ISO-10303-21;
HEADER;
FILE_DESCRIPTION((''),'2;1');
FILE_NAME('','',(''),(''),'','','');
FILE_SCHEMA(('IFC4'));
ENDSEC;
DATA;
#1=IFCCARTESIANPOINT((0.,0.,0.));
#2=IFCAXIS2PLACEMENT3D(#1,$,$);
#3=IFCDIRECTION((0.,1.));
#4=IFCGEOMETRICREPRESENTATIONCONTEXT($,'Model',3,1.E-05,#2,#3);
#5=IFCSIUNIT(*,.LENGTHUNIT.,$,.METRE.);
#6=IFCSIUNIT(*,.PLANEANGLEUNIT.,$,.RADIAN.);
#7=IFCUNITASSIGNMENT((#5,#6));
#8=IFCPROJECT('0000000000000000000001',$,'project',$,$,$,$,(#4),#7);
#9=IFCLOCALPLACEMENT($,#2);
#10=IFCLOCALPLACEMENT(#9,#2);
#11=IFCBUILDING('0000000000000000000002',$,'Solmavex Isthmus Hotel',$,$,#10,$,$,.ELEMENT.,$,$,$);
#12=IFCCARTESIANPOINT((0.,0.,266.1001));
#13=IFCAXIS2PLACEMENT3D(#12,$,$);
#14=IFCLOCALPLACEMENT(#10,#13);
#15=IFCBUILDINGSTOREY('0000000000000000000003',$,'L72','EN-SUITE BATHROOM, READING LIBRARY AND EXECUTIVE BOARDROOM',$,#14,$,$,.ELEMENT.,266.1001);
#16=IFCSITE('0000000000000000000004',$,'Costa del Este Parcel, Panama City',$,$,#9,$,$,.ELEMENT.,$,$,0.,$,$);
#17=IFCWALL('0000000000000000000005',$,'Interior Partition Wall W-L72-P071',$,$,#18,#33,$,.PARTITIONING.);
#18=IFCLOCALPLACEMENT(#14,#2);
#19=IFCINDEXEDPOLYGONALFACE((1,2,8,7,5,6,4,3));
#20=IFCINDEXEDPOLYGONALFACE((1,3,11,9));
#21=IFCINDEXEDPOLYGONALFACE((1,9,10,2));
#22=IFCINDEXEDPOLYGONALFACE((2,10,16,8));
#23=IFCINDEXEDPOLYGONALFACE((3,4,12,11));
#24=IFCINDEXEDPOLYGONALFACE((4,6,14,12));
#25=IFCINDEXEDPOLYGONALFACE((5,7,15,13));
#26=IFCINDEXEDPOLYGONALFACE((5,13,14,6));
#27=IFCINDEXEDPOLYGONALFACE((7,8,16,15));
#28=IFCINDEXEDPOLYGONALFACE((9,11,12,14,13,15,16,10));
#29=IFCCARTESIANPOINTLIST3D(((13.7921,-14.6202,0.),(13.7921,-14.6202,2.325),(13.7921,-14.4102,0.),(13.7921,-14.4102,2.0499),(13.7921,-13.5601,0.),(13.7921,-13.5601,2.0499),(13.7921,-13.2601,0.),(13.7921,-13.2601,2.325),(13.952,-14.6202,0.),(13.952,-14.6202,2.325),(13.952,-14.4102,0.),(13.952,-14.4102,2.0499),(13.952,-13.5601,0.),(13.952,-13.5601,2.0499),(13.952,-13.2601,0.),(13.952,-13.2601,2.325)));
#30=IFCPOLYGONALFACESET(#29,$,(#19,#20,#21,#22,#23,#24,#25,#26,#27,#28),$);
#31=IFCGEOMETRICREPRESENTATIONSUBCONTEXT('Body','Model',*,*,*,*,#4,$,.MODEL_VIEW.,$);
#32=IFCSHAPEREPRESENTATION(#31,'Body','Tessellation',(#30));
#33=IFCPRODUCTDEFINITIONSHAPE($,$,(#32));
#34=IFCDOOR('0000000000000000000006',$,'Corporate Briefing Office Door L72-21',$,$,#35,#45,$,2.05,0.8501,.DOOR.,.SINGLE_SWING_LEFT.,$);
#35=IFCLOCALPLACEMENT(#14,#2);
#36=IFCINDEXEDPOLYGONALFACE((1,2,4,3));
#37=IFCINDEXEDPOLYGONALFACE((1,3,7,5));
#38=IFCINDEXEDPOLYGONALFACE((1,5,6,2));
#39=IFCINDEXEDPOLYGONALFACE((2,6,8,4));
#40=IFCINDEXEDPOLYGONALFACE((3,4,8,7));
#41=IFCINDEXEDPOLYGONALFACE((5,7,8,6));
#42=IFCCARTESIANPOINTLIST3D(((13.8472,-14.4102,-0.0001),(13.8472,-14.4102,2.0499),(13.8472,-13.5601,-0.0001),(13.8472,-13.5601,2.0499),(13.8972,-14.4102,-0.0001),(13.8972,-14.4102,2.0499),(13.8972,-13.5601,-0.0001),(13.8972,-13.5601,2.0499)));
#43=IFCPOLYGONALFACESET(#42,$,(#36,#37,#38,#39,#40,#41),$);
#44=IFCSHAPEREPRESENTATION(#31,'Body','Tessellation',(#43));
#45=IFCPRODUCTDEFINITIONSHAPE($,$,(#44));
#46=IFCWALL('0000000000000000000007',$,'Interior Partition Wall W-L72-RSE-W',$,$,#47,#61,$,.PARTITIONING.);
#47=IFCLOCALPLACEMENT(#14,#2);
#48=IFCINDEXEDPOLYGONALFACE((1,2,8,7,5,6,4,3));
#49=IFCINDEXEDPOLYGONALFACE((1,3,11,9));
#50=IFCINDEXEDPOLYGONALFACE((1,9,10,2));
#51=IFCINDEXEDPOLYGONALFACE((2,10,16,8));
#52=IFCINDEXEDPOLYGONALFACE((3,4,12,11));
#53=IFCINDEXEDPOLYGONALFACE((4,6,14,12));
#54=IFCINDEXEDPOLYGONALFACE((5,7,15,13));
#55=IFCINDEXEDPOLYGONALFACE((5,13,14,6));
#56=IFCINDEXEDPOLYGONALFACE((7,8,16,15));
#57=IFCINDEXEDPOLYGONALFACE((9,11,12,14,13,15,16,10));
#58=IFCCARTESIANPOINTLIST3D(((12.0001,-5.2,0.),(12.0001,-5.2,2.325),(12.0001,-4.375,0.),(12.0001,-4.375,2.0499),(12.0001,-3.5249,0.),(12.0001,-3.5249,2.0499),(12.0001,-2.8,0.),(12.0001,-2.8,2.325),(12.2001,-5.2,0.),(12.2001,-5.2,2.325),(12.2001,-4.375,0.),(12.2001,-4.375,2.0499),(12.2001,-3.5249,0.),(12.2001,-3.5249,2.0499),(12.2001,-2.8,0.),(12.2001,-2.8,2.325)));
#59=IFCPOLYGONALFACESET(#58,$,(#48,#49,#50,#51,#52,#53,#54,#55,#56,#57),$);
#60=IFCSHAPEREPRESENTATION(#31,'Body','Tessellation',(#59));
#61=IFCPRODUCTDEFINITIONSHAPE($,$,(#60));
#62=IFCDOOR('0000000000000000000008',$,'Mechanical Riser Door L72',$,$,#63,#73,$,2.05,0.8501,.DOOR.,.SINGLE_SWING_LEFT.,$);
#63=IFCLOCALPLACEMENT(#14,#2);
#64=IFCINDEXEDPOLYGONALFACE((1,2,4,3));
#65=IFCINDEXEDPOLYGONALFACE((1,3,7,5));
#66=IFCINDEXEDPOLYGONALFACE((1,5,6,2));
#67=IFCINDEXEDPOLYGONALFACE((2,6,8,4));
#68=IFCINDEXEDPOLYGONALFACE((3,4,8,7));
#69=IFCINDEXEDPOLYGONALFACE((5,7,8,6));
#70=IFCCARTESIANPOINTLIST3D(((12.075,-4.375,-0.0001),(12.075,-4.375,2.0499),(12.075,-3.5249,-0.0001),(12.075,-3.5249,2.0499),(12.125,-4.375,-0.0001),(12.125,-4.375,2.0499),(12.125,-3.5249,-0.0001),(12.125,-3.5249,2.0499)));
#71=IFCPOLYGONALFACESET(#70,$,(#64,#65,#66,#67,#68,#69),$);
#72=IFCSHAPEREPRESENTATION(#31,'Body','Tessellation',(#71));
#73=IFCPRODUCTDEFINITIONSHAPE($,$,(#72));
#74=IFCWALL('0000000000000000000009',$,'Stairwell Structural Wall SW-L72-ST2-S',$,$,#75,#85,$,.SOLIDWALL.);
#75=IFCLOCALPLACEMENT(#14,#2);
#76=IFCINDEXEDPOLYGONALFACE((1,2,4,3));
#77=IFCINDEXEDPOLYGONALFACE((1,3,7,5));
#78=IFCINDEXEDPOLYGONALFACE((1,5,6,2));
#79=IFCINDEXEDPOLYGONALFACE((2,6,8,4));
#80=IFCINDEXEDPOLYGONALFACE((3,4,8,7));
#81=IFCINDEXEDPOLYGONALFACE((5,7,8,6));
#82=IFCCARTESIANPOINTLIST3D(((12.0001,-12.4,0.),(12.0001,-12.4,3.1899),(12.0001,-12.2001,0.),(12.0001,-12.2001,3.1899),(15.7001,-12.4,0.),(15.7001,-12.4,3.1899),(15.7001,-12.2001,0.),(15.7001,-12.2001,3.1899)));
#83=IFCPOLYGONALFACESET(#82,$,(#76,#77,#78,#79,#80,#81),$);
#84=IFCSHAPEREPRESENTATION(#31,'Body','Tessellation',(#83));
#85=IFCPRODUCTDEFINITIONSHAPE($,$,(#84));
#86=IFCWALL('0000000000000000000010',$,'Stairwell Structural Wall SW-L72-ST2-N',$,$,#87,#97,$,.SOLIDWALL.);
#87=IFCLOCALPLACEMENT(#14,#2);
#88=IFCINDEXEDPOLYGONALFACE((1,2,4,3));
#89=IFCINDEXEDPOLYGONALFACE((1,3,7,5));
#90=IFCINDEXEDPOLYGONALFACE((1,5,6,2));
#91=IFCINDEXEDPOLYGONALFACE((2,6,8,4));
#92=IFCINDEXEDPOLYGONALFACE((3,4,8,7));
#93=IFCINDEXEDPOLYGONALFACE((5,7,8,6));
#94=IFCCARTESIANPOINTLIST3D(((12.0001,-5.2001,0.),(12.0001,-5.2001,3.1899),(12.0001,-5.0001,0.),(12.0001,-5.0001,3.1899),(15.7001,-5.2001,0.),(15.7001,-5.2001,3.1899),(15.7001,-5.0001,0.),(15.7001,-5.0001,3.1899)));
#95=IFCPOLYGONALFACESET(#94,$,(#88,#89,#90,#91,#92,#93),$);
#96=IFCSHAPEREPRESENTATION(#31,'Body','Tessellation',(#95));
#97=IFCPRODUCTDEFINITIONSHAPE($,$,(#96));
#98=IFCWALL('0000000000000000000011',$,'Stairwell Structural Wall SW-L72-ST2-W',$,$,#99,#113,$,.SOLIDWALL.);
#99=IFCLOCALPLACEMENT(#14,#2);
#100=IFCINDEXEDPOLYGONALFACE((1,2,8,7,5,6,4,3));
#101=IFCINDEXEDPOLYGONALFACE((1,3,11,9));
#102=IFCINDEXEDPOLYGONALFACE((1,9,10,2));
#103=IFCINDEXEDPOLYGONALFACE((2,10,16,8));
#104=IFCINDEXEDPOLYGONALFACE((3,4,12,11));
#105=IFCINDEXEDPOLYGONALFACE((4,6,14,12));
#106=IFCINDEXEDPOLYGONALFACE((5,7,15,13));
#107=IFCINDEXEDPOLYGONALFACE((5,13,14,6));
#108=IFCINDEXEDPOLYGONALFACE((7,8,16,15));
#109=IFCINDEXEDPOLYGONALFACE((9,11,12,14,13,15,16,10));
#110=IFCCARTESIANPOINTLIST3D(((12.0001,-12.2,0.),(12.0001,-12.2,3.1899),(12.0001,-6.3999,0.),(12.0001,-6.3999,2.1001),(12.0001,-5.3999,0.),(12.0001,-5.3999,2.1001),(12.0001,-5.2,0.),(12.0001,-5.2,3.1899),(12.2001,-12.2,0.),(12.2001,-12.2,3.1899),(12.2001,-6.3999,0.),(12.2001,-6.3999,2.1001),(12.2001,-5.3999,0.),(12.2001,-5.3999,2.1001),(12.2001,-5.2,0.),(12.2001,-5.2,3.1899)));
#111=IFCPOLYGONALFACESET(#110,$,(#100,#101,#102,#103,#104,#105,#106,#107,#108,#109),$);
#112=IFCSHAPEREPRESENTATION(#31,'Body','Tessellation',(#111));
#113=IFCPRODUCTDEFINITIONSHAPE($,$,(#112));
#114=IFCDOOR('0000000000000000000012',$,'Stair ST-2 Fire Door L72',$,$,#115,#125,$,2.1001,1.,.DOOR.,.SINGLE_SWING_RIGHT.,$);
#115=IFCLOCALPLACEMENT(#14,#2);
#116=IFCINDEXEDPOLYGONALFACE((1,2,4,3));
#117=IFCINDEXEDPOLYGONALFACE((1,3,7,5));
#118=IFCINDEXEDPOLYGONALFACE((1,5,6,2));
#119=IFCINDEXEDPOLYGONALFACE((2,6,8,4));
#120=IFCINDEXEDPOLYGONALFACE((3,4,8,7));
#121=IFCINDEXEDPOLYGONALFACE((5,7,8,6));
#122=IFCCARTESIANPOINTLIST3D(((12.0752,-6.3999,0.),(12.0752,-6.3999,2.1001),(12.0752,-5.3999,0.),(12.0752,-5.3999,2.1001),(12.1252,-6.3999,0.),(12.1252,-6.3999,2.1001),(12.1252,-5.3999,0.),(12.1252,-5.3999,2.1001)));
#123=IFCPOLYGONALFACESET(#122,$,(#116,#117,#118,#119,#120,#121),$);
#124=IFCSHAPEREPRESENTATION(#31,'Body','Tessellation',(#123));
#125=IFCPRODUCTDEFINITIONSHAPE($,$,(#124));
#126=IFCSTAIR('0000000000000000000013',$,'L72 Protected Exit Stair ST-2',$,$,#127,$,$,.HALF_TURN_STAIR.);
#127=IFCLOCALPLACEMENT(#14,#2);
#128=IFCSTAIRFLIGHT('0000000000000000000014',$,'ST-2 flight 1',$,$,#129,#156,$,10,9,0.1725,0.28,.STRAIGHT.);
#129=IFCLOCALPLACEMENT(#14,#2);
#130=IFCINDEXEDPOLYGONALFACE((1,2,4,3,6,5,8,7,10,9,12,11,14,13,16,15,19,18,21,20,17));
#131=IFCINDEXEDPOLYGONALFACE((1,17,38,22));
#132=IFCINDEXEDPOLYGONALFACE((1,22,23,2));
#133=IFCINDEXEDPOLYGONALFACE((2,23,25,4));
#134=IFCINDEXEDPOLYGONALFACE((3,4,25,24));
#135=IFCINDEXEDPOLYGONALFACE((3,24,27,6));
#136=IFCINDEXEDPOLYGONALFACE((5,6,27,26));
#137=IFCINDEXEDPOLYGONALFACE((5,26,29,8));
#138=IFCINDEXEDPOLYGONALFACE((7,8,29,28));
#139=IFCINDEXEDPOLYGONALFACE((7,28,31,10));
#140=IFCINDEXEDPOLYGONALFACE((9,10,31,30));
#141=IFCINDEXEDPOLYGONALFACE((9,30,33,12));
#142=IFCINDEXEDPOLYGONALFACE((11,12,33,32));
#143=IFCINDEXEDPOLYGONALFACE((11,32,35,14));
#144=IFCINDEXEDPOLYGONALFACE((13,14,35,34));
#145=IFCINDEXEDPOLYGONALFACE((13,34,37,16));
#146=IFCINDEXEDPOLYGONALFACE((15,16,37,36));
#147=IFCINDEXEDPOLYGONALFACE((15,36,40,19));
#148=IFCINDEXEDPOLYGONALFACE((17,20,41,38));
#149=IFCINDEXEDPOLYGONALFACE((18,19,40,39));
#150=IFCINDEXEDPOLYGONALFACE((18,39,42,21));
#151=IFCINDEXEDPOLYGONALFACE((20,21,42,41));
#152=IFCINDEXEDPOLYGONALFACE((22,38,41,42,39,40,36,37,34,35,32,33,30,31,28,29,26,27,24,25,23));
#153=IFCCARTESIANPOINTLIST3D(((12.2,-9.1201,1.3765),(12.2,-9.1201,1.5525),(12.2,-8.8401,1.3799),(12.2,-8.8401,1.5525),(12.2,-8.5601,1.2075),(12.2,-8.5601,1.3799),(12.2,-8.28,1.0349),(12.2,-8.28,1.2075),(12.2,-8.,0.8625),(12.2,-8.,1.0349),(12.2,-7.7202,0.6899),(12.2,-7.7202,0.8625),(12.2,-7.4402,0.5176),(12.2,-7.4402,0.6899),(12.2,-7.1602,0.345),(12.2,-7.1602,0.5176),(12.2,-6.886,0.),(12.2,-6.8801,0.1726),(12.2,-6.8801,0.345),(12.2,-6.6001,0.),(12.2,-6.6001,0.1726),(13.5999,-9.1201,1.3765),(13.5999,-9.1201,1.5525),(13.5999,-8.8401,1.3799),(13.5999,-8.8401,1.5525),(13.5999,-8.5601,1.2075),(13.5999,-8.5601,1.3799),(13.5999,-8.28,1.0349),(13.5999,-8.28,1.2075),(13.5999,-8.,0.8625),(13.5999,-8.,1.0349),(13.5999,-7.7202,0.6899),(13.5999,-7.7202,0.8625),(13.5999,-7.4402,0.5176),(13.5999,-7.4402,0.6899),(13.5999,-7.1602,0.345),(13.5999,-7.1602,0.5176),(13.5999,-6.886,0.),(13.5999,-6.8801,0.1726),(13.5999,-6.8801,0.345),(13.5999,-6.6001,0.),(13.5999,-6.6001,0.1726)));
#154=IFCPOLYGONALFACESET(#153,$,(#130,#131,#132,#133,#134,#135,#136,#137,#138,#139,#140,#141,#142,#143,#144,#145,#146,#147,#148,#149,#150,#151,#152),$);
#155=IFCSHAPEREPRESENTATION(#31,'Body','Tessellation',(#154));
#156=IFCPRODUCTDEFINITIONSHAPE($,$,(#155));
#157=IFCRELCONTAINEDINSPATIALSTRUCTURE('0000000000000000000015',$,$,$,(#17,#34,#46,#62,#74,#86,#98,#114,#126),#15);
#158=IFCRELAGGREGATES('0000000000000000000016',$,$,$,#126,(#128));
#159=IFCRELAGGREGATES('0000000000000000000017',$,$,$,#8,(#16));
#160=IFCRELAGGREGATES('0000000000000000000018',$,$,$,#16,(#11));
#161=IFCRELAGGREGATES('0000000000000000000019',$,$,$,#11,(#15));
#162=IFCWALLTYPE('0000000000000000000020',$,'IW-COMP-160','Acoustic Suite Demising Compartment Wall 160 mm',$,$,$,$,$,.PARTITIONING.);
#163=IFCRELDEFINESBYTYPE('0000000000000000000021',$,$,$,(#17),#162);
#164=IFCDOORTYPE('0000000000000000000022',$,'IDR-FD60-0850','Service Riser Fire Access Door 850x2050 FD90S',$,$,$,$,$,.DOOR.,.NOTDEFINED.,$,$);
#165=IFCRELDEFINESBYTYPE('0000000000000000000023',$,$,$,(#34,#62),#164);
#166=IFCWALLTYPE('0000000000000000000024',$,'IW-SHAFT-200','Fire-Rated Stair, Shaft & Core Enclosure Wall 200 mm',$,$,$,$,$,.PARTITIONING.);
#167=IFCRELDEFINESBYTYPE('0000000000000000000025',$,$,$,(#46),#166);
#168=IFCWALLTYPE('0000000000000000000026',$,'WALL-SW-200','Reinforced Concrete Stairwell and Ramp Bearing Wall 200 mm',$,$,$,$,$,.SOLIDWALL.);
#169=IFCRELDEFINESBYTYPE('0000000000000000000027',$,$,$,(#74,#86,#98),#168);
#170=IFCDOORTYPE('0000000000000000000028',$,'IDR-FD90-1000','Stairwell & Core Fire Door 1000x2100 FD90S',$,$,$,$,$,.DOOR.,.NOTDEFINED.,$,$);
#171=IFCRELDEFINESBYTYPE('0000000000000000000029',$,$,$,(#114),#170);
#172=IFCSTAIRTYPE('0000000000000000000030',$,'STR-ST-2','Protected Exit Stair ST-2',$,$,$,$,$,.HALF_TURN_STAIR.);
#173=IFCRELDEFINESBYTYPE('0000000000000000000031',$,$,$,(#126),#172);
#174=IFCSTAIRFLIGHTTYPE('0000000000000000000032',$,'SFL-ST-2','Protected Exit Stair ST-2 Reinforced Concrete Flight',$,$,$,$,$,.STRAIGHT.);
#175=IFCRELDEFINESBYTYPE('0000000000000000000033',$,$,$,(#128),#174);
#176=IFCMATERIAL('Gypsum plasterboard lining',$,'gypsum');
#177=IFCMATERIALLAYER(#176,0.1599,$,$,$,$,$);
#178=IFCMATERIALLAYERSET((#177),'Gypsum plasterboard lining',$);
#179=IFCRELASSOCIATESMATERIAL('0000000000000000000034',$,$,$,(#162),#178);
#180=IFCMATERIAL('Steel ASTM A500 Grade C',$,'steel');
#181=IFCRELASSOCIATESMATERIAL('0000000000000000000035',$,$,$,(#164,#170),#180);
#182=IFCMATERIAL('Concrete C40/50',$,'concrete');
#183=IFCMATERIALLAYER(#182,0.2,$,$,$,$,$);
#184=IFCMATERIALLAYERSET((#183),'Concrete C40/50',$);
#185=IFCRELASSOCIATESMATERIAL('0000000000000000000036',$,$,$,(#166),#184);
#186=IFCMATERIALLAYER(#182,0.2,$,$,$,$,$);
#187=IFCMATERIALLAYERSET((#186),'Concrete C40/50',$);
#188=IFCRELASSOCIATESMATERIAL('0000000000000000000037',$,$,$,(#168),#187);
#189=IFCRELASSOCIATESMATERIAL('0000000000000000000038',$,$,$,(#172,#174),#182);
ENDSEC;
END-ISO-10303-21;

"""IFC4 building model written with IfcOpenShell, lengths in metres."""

from ifc_helpers import new_model, si_unit, direction, frame, frame_2d, origin, place, context, subcontext, project, spatial, polyline, rectangle, outline, extrude, material, layer, layer_set, type_object, element, fill, aggregate, save


model = new_model("IFC4")

# Units and contexts
model_context = context("Model", 3, precision=1e-05, world=origin(), true_north=direction((0.0, 1.0)))
body_context = subcontext(model_context, "Body", "Model", "MODEL_VIEW")
ifc_project = project(units=[si_unit("LENGTHUNIT", "METRE"), si_unit("PLANEANGLEUNIT", "RADIAN")], contexts=[model_context])

# Site, building, storey
site_placement = place(None, origin())
site = spatial("IfcSite", under=ifc_project, at=site_placement, Name="Costa del Este Parcel, Panama City", CompositionType="ELEMENT", RefElevation=0.0)
building_placement = place(site_placement, origin())
building = spatial("IfcBuilding", under=site, at=building_placement, Name="Solmavex Isthmus Hotel", CompositionType="ELEMENT")
storey_placement = place(building_placement, frame((0.0, 0.0, 266.1001)))
storey = spatial("IfcBuildingStorey", under=building, at=storey_placement, Name="L72", Description="EN-SUITE BATHROOM, READING LIBRARY AND EXECUTIVE BOARDROOM", CompositionType="ELEMENT", Elevation=266.1001)

# Walls, openings, doors
ifc_material_1 = material(Name="Gypsum plasterboard lining", Category="gypsum")
ifc_layer_1 = layer(ifc_material_1, 0.1599)
ifc_layer_set_1 = layer_set([ifc_layer_1], Name="Gypsum plasterboard lining")
wall_type_1 = type_object("IfcWallType", Name="IW-COMP-160", Description="Acoustic Suite Demising Compartment Wall 160 mm", PredefinedType="PARTITIONING", material=ifc_layer_set_1)
wall_1_placement = place(storey_placement, frame((13.8721, -13.26, 0.0), z_axis=(0.0, 0.0, 1.0), x_axis=(0.0, -1.0, 0.0)))
wall_1 = element("IfcWall", 1, at=wall_1_placement, inside=storey, type_object=wall_type_1, Name="Interior Partition Wall W-L72-P071", PredefinedType="PARTITIONING", context=body_context, shape_type="SweptSolid", body=[
    extrude(rectangle(XDim=1.3601, YDim=0.1599, at=frame_2d((0.6802, 0.0))), origin(), (0.0, 0.0, 1.0), 2.325),
])
opening_1_placement = place(wall_1_placement, frame((0.3, 0.0, 0.0)))
opening_1 = element("IfcOpeningElement", 2, at=opening_1_placement, cuts=wall_1, PredefinedType="OPENING", context=body_context, shape_type="SweptSolid", body=[
    extrude(rectangle(XDim=0.8501, YDim=2.05, at=frame_2d((0.425, 1.0249))), frame((0.0, 0.0898, 0.0), z_axis=(0.0, -1.0, 0.0), x_axis=(1.0, 0.0, 0.0)), (0.0, 0.0, 1.0), 0.1799),
])
ifc_material_2 = material(Name="Steel ASTM A500 Grade C", Category="steel")
door_type_1 = type_object("IfcDoorType", Name="IDR-FD60-0850", Description="Service Riser Fire Access Door 850x2050 FD90S", OperationType="NOTDEFINED", PredefinedType="DOOR", material=ifc_material_2)
door_1_placement = place(opening_1_placement, frame((0.8501, 0.0, 0.0), z_axis=(0.0, 0.0, 1.0), x_axis=(-1.0, 0.0, 0.0)))
door_1 = element("IfcDoor", 3, at=door_1_placement, inside=storey, type_object=door_type_1, Name="Corporate Briefing Office Door L72-21", OperationType="SINGLE_SWING_LEFT", OverallHeight=2.05, OverallWidth=0.8501, PredefinedType="DOOR", context=body_context, shape_type="SweptSolid", body=[
    extrude(rectangle(XDim=0.8501, YDim=2.05, at=frame_2d((0.425, 1.0249))), frame((0.0, 0.0249, 0.0), z_axis=(0.0, -1.0, 0.0), x_axis=(1.0, 0.0, 0.0)), (0.0, 0.0, 1.0), 0.05),
])
fill(opening_1, door_1)
ifc_material_3 = material(Name="Concrete C40/50", Category="concrete")
ifc_layer_2 = layer(ifc_material_3, 0.2)
ifc_layer_set_2 = layer_set([ifc_layer_2], Name="Concrete C40/50")
wall_type_2 = type_object("IfcWallType", Name="IW-SHAFT-200", Description="Fire-Rated Stair, Shaft & Core Enclosure Wall 200 mm", PredefinedType="PARTITIONING", material=ifc_layer_set_2)
wall_2_placement = place(storey_placement, frame((12.1001, -5.2, 0.0), z_axis=(0.0, 0.0, 1.0), x_axis=(0.0, 1.0, 0.0)))
wall_2 = element("IfcWall", 4, at=wall_2_placement, inside=storey, type_object=wall_type_2, Name="Interior Partition Wall W-L72-RSE-W", PredefinedType="PARTITIONING", context=body_context, shape_type="SweptSolid", body=[
    extrude(rectangle(XDim=2.3999, YDim=0.2, at=frame_2d((1.2, 0.0))), origin(), (0.0, 0.0, 1.0), 2.325),
])
opening_2_placement = place(wall_2_placement, frame((0.825, 0.0, 0.0)))
opening_2 = element("IfcOpeningElement", 5, at=opening_2_placement, cuts=wall_2, PredefinedType="OPENING", context=body_context, shape_type="SweptSolid", body=[
    extrude(rectangle(XDim=0.8501, YDim=2.05, at=frame_2d((0.425, 1.0249))), frame((0.0, 0.1099, 0.0), z_axis=(0.0, -1.0, 0.0), x_axis=(1.0, 0.0, 0.0)), (0.0, 0.0, 1.0), 0.22),
])
door_2_placement = place(opening_2_placement, frame((0.8501, 0.0, 0.0), z_axis=(0.0, 0.0, 1.0), x_axis=(-1.0, 0.0, 0.0)))
door_2 = element("IfcDoor", 6, at=door_2_placement, inside=storey, type_object=door_type_1, Name="Mechanical Riser Door L72", OperationType="SINGLE_SWING_LEFT", OverallHeight=2.05, OverallWidth=0.8501, PredefinedType="DOOR", context=body_context, shape_type="SweptSolid", body=[
    extrude(rectangle(XDim=0.8501, YDim=2.05, at=frame_2d((0.425, 1.0249))), frame((0.0, 0.0249, 0.0), z_axis=(0.0, -1.0, 0.0), x_axis=(1.0, 0.0, 0.0)), (0.0, 0.0, 1.0), 0.05),
])
fill(opening_2, door_2)

# Walls
ifc_layer_3 = layer(ifc_material_3, 0.2)
ifc_layer_set_3 = layer_set([ifc_layer_3], Name="Concrete C40/50")
wall_type_3 = type_object("IfcWallType", Name="WALL-SW-200", Description="Reinforced Concrete Stairwell and Ramp Bearing Wall 200 mm", PredefinedType="SOLIDWALL", material=ifc_layer_set_3)
for number, where, z_axis, x_axis, name in (
    (7, (12.0, -12.3, 0.0), (0.0, 0.0, 1.0), (1.0, 0.0, 0.0), "Stairwell Structural Wall SW-L72-ST2-S"),
    (8, (12.0, -5.1001, 0.0), (0.0, 0.0, 1.0), (1.0, 0.0, 0.0), "Stairwell Structural Wall SW-L72-ST2-N"),
):
    element("IfcWall", number, at=place(storey_placement, frame(where, z_axis=z_axis, x_axis=x_axis)), inside=storey, type_object=wall_type_3, Name=name, PredefinedType="SOLIDWALL", context=body_context, shape_type="SweptSolid", body=[
        extrude(rectangle(XDim=3.7, YDim=0.2, at=frame_2d((1.8501, 0.0))), origin(), (0.0, 0.0, 1.0), 3.1899),
    ])

# Wall, opening, door
wall_3_placement = place(storey_placement, frame((12.1001, -12.2, 0.0), z_axis=(0.0, 0.0, 1.0), x_axis=(0.0, 1.0, 0.0)))
wall_3 = element("IfcWall", 9, at=wall_3_placement, inside=storey, type_object=wall_type_3, Name="Stairwell Structural Wall SW-L72-ST2-W", PredefinedType="SOLIDWALL", context=body_context, shape_type="SweptSolid", body=[
    extrude(rectangle(XDim=7.0, YDim=0.2, at=frame_2d((3.5, 0.0))), origin(), (0.0, 0.0, 1.0), 3.1899),
])
opening_3_placement = place(wall_3_placement, frame((5.8, 0.0, 0.0)))
opening_3 = element("IfcOpeningElement", 10, at=opening_3_placement, cuts=wall_3, PredefinedType="OPENING", context=body_context, shape_type="SweptSolid", body=[
    extrude(rectangle(XDim=1.0, YDim=2.1001, at=frame_2d((0.5, 1.05))), frame((0.0, 0.1099, 0.0), z_axis=(0.0, -1.0, 0.0), x_axis=(1.0, 0.0, 0.0)), (0.0, 0.0, 1.0), 0.22),
])
door_type_2 = type_object("IfcDoorType", Name="IDR-FD90-1000", Description="Stairwell & Core Fire Door 1000x2100 FD90S", OperationType="NOTDEFINED", PredefinedType="DOOR", material=ifc_material_2)
door_3_placement = place(opening_3_placement, origin())
door_3 = element("IfcDoor", 11, at=door_3_placement, inside=storey, type_object=door_type_2, Name="Stair ST-2 Fire Door L72", OperationType="SINGLE_SWING_RIGHT", OverallHeight=2.1001, OverallWidth=1.0, PredefinedType="DOOR", context=body_context, shape_type="SweptSolid", body=[
    extrude(rectangle(XDim=1.0, YDim=2.1001, at=frame_2d((0.5, 1.05))), frame((0.0, 0.0249, 0.0), z_axis=(0.0, -1.0, 0.0), x_axis=(1.0, 0.0, 0.0)), (0.0, 0.0, 1.0), 0.05),
])
fill(opening_3, door_3)

# Stair, stair flight
stair_type = type_object("IfcStairType", Name="STR-ST-2", Description="Protected Exit Stair ST-2", PredefinedType="HALF_TURN_STAIR", material=ifc_material_3)
stair_placement = place(storey_placement, origin())
stair = element("IfcStair", 12, at=stair_placement, inside=storey, type_object=stair_type, Name="L72 Protected Exit Stair ST-2", PredefinedType="HALF_TURN_STAIR")
stair_flight_type = type_object("IfcStairFlightType", Name="SFL-ST-2", Description="Protected Exit Stair ST-2 Reinforced Concrete Flight", PredefinedType="STRAIGHT", material=ifc_material_3)
stair_flight_placement = place(storey_placement, frame((12.8999, -6.6001, 0.0), z_axis=(0.0, 0.0, 1.0), x_axis=(0.0, -1.0, 0.0)))
stair_flight = element("IfcStairFlight", 13, at=stair_flight_placement, type_object=stair_flight_type, Name="ST-2 flight 1", NumberOfRisers=10, NumberOfTreads=9, PredefinedType="STRAIGHT", RiserHeight=0.1725, TreadLength=0.28, context=body_context, shape_type="SweptSolid", body=[
    extrude(outline(polyline([(0.0, 0.0), (0.0, 0.1726), (0.28, 0.1726), (0.28, 0.345), (0.5601, 0.345), (0.5601, 0.5176), (0.8401, 0.5176), (0.8401, 0.6899), (1.1201, 0.6899), (1.1201, 0.8625), (1.3999, 0.8625), (1.3999, 1.0349), (1.6799, 1.0349), (1.6799, 1.2075), (1.96, 1.2075), (1.96, 1.3799), (2.24, 1.3799), (2.24, 1.5525), (2.52, 1.5525), (2.52, 1.7251), (2.52, 1.3765), (0.2859, 0.0), (0.0, 0.0)])), frame((0.0, 0.7, 0.0), z_axis=(0.0, -1.0, 0.0), x_axis=(1.0, 0.0, 0.0)), (0.0, 0.0, 1.0), 1.3999),
])
aggregate(stair, [stair_flight])

save(model, "model.ifc")
